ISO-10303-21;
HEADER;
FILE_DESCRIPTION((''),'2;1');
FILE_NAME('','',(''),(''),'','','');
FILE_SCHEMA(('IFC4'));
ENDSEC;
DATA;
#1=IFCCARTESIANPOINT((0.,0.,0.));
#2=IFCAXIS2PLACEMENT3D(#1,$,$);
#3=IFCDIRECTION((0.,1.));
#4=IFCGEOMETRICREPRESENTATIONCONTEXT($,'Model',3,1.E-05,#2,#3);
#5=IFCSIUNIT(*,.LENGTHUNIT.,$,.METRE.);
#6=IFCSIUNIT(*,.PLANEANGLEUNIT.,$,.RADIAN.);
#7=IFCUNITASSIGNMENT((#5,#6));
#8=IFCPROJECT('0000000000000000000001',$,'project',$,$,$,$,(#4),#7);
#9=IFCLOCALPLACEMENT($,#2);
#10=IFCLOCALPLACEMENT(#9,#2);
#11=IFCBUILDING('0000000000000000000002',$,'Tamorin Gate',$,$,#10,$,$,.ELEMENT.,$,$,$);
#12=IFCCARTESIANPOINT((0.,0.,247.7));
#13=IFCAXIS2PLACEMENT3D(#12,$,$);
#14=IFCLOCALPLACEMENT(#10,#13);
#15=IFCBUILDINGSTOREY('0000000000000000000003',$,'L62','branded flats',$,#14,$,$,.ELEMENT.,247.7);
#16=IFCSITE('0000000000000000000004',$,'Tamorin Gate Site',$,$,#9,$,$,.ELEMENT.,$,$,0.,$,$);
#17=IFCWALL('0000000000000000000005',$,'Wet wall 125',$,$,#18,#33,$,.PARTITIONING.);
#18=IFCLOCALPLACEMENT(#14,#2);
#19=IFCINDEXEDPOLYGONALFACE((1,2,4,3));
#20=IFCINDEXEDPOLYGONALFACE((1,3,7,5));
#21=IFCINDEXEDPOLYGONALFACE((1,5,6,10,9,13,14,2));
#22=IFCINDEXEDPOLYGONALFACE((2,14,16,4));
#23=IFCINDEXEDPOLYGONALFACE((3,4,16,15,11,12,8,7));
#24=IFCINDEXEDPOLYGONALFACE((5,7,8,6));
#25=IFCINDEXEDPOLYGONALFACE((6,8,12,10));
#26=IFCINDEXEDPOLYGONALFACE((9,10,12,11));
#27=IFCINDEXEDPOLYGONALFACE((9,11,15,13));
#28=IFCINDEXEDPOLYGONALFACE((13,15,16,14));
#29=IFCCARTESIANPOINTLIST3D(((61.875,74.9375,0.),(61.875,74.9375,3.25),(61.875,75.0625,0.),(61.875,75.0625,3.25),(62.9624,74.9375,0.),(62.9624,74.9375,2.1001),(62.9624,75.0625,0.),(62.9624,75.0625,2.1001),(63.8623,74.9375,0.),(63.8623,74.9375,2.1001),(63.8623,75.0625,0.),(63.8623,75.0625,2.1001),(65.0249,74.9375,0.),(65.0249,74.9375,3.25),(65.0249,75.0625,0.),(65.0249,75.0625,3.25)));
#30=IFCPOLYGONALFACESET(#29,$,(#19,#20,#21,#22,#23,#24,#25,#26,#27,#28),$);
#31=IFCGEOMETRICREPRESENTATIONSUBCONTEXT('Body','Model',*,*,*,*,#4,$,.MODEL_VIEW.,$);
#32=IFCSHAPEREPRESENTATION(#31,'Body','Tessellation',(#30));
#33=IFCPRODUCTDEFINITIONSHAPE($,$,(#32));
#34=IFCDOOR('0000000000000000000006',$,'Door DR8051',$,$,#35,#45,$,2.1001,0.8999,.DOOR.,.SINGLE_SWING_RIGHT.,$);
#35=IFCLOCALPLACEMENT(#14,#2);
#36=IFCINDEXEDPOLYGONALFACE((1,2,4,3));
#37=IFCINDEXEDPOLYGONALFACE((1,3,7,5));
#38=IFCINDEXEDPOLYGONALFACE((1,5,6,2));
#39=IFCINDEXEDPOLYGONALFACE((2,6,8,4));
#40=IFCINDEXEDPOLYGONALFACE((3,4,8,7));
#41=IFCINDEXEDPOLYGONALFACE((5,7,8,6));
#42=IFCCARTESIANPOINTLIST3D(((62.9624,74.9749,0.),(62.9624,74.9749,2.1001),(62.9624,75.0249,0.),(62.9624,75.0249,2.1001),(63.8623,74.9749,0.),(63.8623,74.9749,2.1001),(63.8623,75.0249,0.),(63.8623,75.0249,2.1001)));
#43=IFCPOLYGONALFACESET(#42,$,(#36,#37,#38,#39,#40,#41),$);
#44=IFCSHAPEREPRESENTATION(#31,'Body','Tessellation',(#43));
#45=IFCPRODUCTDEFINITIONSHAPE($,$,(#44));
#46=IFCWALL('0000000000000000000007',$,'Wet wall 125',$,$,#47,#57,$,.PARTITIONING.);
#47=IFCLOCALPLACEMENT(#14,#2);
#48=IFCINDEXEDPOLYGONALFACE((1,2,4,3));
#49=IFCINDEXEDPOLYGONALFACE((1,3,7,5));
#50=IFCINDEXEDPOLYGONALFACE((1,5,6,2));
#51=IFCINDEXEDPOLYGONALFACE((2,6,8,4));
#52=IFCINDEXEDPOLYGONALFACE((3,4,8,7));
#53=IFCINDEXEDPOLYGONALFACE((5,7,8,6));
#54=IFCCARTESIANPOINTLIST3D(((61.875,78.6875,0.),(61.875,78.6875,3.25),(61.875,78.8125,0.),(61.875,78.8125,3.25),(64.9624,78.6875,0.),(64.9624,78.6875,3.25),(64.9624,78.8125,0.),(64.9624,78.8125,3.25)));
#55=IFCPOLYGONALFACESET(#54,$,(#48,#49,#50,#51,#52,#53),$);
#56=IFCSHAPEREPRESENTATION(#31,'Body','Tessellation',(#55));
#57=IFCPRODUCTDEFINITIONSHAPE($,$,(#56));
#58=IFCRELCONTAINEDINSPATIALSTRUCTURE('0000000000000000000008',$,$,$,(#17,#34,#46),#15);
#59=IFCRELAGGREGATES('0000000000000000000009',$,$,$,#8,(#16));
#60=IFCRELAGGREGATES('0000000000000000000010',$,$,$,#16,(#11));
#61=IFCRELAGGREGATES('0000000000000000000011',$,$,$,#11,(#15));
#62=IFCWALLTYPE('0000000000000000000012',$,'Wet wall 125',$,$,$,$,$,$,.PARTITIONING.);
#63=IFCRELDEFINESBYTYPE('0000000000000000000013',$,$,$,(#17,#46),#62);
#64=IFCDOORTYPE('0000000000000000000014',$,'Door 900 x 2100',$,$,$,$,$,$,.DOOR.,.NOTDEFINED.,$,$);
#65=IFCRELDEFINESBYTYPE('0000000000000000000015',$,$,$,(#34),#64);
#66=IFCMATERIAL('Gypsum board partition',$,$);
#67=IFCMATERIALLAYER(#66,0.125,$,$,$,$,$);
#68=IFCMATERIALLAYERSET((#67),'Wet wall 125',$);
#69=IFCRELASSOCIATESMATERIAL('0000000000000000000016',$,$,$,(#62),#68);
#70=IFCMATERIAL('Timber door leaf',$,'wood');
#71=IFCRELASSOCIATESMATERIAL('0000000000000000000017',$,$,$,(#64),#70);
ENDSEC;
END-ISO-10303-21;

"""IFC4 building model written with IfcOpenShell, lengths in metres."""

from ifc_helpers import new_model, si_unit, direction, frame, frame_2d, origin, place, context, subcontext, project, spatial, rectangle, extrude, material, layer, layer_set, type_object, element, fill, save


model = new_model("IFC4")

# Units and contexts
model_context = context("Model", 3, precision=1e-05, world=origin(), true_north=direction((0.0, 1.0)))
body_context = subcontext(model_context, "Body", "Model", "MODEL_VIEW")
ifc_project = project(units=[si_unit("LENGTHUNIT", "METRE"), si_unit("PLANEANGLEUNIT", "RADIAN")], contexts=[model_context])

# Site, building, storey
site_placement = place(None, origin())
site = spatial("IfcSite", under=ifc_project, at=site_placement, Name="Tamorin Gate Site", CompositionType="ELEMENT", RefElevation=0.0)
building_placement = place(site_placement, origin())
building = spatial("IfcBuilding", under=site, at=building_placement, Name="Tamorin Gate", CompositionType="ELEMENT")
storey_placement = place(building_placement, frame((0.0, 0.0, 247.7)))
storey = spatial("IfcBuildingStorey", under=building, at=storey_placement, Name="L62", Description="branded flats", CompositionType="ELEMENT", Elevation=247.7)

# Shared definitions
ifc_material_1 = material(Name="Gypsum board partition")

# Shared definitions
ifc_layer_1 = layer(ifc_material_1, 0.125)
ifc_layer_set_1 = layer_set([ifc_layer_1], Name="Wet wall 125")
wall_type_1 = type_object("IfcWallType", Name="Wet wall 125", PredefinedType="PARTITIONING", material=ifc_layer_set_1)

# Wall, opening, door
wall_1_placement = place(storey_placement, frame((61.875, 75.0, 0.0), z_axis=(0.0, 0.0, 1.0), x_axis=(1.0, 0.0, 0.0)))
wall_1 = element("IfcWall", 1, at=wall_1_placement, inside=storey, type_object=wall_type_1, Name="Wet wall 125", PredefinedType="PARTITIONING", context=body_context, shape_type="SweptSolid", body=[
    extrude(rectangle(XDim=3.1499, YDim=0.125, at=frame_2d((1.575, 0.0))), origin(), (0.0, 0.0, 1.0), 3.25),
])
opening_1_placement = place(wall_1_placement, frame((1.0874, 0.0, 0.0)))
opening_1 = element("IfcOpeningElement", 2, at=opening_1_placement, cuts=wall_1, PredefinedType="OPENING", context=body_context, shape_type="SweptSolid", body=[
    extrude(rectangle(XDim=0.8999, YDim=2.1001, at=frame_2d((0.45, 1.05))), frame((0.0, 0.0725, 0.0), z_axis=(0.0, -1.0, 0.0), x_axis=(1.0, 0.0, 0.0)), (0.0, 0.0, 1.0), 0.145),
])
ifc_material_2 = material(Name="Timber door leaf", Category="wood")
door_type_1 = type_object("IfcDoorType", Name="Door 900 x 2100", OperationType="NOTDEFINED", PredefinedType="DOOR", material=ifc_material_2)
door_1_placement = place(opening_1_placement, origin())
door_1 = element("IfcDoor", 3, at=door_1_placement, inside=storey, type_object=door_type_1, Name="Door DR8051", OperationType="SINGLE_SWING_RIGHT", OverallHeight=2.1001, OverallWidth=0.8999, PredefinedType="DOOR", context=body_context, shape_type="SweptSolid", body=[
    extrude(rectangle(XDim=0.8999, YDim=2.1001, at=frame_2d((0.45, 1.05))), frame((0.0, 0.0249, 0.0), z_axis=(0.0, -1.0, 0.0), x_axis=(1.0, 0.0, 0.0)), (0.0, 0.0, 1.0), 0.05),
])
fill(opening_1, door_1)

# Wall
wall_2_placement = place(storey_placement, frame((61.875, 78.75, 0.0), z_axis=(0.0, 0.0, 1.0), x_axis=(1.0, 0.0, 0.0)))
element("IfcWall", 4, at=wall_2_placement, inside=storey, type_object=wall_type_1, Name="Wet wall 125", PredefinedType="PARTITIONING", context=body_context, shape_type="SweptSolid", body=[
    extrude(rectangle(XDim=3.0874, YDim=0.125, at=frame_2d((1.5437, 0.0))), origin(), (0.0, 0.0, 1.0), 3.25),
])

save(model, "model.ifc")
